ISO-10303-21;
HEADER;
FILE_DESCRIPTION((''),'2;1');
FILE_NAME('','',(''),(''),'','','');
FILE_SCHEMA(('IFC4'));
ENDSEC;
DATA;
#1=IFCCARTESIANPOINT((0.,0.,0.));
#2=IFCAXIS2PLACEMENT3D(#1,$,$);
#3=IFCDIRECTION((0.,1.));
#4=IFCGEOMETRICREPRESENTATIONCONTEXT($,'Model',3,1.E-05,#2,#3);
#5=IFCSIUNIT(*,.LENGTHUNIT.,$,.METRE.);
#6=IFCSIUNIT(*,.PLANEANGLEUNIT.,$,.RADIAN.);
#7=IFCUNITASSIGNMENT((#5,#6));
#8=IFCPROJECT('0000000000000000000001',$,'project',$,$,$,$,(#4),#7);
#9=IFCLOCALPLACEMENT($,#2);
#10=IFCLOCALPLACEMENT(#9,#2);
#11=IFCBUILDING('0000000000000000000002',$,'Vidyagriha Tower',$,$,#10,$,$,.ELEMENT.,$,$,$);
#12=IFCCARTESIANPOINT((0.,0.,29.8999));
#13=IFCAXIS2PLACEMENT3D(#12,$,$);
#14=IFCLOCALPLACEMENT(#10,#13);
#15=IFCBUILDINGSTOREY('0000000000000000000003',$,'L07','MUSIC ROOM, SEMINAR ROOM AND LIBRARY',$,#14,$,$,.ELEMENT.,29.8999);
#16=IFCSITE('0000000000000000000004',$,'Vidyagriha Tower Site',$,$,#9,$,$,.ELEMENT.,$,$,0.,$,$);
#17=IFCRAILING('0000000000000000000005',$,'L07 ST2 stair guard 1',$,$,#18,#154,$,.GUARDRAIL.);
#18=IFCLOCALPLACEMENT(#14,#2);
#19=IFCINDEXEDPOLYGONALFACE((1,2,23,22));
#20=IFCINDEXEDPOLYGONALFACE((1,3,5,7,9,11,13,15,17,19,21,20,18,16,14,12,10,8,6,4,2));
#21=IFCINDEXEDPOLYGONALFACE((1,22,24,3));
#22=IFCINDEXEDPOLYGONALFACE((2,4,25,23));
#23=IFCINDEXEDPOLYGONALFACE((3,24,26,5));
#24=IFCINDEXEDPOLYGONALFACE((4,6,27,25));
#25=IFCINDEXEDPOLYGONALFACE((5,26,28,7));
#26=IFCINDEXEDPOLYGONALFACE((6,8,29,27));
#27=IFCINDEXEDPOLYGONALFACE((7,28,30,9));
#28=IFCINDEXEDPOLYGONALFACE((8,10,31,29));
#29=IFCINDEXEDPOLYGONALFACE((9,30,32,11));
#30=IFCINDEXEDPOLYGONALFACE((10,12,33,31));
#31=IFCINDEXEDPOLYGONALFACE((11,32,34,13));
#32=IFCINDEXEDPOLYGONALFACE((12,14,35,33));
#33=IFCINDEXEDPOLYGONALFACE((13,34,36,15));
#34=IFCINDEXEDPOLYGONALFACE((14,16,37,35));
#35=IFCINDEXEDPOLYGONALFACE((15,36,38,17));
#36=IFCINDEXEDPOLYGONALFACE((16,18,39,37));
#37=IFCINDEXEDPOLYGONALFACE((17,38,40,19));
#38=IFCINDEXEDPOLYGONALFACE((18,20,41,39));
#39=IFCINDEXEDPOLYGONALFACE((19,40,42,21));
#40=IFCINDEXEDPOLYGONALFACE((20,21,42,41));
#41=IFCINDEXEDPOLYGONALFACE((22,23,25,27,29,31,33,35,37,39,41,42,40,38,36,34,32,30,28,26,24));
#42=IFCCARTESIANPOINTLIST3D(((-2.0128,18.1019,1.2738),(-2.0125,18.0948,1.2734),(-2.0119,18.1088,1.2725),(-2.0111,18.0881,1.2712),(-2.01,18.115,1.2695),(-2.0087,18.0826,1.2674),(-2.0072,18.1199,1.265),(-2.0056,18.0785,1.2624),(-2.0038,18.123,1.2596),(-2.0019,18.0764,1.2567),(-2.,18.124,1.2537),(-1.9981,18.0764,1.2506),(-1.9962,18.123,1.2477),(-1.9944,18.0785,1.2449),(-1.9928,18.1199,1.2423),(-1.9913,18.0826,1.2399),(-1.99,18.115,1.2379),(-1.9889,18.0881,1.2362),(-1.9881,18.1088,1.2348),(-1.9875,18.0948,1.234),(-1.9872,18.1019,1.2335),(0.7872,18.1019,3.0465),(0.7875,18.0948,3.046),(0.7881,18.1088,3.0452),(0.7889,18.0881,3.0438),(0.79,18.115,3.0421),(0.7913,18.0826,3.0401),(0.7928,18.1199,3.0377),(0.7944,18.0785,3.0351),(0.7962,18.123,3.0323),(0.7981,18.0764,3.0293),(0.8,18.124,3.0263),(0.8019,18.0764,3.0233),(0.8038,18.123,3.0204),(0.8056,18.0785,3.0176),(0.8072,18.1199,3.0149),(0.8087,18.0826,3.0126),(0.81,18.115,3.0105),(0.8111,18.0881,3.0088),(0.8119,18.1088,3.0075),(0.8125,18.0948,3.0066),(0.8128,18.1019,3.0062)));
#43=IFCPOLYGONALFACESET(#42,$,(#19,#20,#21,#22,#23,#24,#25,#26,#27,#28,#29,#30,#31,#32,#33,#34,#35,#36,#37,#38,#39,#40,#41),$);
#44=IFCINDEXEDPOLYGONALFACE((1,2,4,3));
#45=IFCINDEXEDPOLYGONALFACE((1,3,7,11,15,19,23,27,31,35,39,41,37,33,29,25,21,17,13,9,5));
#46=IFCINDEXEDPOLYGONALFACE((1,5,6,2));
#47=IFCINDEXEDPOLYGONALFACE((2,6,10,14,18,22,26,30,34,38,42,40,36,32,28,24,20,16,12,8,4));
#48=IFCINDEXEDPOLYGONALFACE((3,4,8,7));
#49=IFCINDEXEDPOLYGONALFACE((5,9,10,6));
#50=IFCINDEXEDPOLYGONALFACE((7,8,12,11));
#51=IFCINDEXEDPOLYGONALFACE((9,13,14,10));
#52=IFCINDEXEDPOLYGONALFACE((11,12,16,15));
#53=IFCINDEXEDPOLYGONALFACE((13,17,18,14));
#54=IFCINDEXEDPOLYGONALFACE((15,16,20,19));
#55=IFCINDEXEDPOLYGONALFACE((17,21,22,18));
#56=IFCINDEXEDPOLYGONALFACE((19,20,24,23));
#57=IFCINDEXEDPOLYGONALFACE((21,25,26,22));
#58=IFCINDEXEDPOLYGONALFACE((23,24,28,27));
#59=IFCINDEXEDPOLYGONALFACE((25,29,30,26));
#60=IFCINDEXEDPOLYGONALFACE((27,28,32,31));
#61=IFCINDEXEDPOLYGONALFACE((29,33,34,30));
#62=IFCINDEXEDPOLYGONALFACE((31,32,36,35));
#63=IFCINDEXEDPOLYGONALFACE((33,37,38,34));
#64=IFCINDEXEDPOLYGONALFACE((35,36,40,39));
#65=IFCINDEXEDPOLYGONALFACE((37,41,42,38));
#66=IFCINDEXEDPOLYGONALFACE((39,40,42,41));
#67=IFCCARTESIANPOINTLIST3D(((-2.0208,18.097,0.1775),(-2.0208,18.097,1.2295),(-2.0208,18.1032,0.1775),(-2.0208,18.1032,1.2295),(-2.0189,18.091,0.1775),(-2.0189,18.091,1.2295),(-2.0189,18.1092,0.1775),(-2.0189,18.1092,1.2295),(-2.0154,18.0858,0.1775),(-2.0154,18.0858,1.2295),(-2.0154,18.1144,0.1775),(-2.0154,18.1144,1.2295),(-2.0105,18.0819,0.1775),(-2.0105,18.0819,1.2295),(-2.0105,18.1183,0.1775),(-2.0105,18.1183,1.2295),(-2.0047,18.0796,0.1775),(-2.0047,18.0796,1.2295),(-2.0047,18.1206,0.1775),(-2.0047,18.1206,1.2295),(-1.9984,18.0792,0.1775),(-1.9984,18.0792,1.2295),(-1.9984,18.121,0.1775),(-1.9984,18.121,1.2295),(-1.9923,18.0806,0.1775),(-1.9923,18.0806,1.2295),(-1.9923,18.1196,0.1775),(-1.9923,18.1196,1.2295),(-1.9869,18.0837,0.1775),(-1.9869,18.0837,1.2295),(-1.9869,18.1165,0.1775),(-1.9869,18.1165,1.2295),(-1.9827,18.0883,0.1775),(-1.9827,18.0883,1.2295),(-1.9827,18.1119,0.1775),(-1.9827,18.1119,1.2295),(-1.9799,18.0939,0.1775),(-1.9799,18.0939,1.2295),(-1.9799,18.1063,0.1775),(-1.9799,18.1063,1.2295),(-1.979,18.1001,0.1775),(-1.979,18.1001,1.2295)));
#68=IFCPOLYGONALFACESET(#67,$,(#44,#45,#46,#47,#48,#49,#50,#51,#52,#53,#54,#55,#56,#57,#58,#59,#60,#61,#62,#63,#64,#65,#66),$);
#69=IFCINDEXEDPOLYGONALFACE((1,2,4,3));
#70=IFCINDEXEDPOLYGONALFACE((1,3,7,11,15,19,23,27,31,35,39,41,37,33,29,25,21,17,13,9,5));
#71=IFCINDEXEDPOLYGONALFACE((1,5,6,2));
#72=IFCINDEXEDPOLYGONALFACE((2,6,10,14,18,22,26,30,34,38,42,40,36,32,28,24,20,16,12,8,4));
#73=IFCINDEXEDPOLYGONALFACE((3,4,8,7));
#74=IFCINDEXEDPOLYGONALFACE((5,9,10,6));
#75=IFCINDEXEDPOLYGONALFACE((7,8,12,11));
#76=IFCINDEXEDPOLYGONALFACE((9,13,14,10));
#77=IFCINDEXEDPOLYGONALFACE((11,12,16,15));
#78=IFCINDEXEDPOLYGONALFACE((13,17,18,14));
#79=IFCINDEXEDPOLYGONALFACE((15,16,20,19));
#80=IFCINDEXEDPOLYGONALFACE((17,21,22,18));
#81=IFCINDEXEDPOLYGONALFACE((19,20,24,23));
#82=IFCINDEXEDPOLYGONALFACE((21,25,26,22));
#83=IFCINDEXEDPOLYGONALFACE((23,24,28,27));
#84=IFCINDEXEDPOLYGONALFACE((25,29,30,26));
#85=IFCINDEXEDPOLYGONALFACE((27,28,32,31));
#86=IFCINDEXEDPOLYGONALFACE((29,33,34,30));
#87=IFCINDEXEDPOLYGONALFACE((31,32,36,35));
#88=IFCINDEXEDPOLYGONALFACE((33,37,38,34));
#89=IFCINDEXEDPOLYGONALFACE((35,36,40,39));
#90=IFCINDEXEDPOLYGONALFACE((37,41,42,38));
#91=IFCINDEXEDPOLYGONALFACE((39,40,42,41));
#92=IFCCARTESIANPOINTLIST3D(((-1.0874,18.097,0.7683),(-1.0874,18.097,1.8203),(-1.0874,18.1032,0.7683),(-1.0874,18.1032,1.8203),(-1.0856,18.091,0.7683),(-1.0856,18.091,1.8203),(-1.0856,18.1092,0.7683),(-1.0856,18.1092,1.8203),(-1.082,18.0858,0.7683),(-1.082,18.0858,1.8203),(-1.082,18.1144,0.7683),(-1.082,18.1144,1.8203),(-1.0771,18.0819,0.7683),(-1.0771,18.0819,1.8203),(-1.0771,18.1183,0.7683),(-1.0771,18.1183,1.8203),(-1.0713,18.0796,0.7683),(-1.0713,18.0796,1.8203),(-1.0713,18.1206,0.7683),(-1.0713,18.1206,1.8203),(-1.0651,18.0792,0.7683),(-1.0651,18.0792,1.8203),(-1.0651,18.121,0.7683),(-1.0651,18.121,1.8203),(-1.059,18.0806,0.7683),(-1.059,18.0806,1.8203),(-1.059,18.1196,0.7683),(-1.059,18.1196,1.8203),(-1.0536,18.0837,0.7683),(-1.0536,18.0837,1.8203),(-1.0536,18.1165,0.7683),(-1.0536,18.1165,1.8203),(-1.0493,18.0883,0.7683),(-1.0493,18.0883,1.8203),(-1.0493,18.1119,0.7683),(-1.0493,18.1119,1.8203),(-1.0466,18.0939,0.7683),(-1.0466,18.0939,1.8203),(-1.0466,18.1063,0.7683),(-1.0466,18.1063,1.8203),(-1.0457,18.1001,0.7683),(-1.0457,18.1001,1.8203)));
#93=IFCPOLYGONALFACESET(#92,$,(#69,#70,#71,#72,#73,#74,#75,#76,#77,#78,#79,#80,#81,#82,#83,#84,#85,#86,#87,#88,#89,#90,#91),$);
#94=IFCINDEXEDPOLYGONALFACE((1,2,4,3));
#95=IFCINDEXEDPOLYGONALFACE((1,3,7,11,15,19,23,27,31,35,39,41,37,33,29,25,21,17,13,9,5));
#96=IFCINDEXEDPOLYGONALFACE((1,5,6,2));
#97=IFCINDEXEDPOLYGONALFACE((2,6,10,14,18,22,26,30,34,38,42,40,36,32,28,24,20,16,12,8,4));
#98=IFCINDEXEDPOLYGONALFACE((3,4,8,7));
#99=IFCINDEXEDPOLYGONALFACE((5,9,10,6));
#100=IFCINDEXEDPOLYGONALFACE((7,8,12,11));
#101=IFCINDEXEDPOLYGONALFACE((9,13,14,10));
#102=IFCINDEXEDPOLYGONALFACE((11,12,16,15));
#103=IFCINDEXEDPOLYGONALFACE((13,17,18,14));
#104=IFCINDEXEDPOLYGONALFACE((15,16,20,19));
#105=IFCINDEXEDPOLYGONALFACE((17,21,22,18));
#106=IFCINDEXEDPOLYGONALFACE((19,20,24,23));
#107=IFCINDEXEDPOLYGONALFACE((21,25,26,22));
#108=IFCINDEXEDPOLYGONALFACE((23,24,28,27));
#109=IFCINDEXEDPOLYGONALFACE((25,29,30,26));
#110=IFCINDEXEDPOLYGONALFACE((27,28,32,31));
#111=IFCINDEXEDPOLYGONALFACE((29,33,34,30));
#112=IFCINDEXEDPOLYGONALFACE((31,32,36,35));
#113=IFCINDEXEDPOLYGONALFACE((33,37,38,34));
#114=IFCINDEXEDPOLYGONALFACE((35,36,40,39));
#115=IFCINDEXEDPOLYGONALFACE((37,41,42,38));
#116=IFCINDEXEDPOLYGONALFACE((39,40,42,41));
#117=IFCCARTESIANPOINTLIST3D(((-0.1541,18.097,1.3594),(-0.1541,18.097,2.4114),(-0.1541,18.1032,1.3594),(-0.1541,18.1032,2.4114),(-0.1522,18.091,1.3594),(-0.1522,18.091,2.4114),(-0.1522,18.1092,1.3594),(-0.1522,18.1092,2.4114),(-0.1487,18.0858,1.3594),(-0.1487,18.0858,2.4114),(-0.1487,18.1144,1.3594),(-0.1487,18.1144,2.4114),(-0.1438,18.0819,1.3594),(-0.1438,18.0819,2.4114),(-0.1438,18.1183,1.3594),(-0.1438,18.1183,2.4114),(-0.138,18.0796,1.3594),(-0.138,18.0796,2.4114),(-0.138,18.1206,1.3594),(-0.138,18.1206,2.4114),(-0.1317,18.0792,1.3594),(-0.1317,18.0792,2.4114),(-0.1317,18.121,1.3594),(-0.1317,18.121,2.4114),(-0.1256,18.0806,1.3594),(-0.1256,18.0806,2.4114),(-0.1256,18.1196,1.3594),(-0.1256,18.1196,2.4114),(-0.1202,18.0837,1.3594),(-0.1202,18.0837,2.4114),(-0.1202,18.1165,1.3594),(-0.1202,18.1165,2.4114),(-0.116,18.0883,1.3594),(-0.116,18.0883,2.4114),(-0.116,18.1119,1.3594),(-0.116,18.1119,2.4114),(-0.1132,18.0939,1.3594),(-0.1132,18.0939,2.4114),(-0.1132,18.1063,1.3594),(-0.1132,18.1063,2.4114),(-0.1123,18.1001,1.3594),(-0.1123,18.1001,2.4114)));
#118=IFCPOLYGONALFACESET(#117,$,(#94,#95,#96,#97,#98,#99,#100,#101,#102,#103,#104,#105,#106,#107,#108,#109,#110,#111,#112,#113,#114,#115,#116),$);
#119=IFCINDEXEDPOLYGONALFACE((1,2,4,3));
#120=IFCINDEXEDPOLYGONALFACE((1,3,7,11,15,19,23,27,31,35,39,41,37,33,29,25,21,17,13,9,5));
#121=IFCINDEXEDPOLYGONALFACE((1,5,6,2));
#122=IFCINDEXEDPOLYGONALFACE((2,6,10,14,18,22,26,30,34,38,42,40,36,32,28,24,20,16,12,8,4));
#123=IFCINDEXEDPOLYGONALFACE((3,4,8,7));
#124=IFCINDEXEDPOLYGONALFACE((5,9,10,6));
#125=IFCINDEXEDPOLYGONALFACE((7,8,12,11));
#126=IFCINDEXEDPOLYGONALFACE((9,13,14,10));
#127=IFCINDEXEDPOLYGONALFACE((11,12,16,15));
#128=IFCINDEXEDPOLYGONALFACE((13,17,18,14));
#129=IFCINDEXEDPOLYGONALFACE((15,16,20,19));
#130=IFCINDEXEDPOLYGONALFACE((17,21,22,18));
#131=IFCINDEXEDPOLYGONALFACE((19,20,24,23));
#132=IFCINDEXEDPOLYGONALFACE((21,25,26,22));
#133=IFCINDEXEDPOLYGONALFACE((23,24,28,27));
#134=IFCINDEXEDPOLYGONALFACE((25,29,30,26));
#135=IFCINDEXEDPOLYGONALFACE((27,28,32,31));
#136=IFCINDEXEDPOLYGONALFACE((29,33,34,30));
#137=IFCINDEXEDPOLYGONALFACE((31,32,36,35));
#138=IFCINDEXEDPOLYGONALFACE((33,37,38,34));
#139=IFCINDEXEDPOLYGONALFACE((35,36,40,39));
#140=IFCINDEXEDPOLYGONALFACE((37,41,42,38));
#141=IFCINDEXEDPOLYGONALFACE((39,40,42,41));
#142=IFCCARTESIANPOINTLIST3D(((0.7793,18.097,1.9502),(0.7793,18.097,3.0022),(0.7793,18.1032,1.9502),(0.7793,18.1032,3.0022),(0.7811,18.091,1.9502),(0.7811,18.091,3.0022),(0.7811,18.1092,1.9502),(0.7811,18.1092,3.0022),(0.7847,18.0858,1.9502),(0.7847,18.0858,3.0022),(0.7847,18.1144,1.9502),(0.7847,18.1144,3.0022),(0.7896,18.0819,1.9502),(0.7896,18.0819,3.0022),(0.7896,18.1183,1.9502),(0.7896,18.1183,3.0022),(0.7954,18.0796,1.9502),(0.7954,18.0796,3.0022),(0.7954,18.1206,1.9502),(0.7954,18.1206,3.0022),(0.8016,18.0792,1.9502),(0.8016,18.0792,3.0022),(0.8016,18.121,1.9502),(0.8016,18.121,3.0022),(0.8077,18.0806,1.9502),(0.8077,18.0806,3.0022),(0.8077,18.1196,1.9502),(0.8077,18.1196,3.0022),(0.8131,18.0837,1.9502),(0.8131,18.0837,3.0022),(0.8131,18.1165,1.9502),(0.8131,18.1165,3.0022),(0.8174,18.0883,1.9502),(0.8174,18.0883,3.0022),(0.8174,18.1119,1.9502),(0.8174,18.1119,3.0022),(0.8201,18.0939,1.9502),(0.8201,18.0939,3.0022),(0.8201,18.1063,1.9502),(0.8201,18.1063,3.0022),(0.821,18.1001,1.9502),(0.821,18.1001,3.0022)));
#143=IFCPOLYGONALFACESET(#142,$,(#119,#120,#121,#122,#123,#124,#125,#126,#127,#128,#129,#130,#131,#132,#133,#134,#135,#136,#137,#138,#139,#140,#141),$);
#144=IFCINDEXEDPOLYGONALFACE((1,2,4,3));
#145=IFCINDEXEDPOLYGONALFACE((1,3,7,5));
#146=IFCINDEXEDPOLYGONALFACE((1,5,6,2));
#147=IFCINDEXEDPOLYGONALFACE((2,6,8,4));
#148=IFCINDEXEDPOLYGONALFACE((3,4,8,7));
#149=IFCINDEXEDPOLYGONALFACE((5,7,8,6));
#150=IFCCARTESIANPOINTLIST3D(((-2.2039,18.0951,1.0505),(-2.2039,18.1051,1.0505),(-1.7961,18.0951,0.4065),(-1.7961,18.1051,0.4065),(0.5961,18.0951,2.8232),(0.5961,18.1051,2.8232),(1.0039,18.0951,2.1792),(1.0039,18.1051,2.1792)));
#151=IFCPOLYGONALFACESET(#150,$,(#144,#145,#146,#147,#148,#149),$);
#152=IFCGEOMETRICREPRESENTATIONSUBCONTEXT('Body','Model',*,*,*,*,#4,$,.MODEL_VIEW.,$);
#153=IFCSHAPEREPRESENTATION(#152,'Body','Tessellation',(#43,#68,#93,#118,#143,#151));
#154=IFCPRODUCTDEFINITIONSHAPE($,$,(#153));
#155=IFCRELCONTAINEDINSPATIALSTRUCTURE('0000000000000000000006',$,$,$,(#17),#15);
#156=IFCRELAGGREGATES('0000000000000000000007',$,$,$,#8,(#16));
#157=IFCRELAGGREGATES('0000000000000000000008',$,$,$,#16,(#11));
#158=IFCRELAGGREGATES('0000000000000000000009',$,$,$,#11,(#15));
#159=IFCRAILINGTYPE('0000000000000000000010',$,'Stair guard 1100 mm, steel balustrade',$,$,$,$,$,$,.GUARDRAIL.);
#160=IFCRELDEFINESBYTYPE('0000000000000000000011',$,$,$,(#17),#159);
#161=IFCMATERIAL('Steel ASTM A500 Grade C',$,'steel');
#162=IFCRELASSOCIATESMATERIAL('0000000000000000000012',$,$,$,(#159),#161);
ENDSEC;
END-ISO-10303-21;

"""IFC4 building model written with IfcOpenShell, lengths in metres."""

from ifc_helpers import new_model, si_unit, direction, frame, origin, origin_2d, place, context, subcontext, project, spatial, rectangle, circle, extrude, material, type_object, element, save


model = new_model("IFC4")

# Units and contexts
model_context = context("Model", 3, precision=1e-05, world=origin(), true_north=direction((0.0, 1.0)))
body_context = subcontext(model_context, "Body", "Model", "MODEL_VIEW")
ifc_project = project(units=[si_unit("LENGTHUNIT", "METRE"), si_unit("PLANEANGLEUNIT", "RADIAN")], contexts=[model_context])

# Site, building, storey
site_placement = place(None, origin())
site = spatial("IfcSite", under=ifc_project, at=site_placement, Name="Vidyagriha Tower Site", CompositionType="ELEMENT", RefElevation=0.0)
building_placement = place(site_placement, origin())
building = spatial("IfcBuilding", under=site, at=building_placement, Name="Vidyagriha Tower", CompositionType="ELEMENT")
storey_placement = place(building_placement, frame((0.0, 0.0, 29.8999)))
storey = spatial("IfcBuildingStorey", under=building, at=storey_placement, Name="L07", Description="MUSIC ROOM, SEMINAR ROOM AND LIBRARY", CompositionType="ELEMENT", Elevation=29.8999)

# Railing
ifc_material_1 = material(Name="Steel ASTM A500 Grade C", Category="steel")
railing_type_1 = type_object("IfcRailingType", Name="Stair guard 1100 mm, steel balustrade", PredefinedType="GUARDRAIL", material=ifc_material_1)
railing_1_placement = place(storey_placement, frame((-2.0, 18.1001, 0.1775)))
element("IfcRailing", 1, at=railing_1_placement, inside=storey, type_object=railing_type_1, Name="L07 ST2 stair guard 1", PredefinedType="GUARDRAIL", context=body_context, shape_type="SweptSolid", body=[
    extrude(circle(Radius=0.0239, at=origin_2d()), frame((0.0, 0.0, 1.0762), z_axis=(0.844909, 0.0, 0.53491), x_axis=(0.0, 1.0, 0.0)), (0.0, 0.0, 1.0), 3.314),
    extrude(circle(Radius=0.021, at=origin_2d()), origin(), (0.0, 0.0, 1.0), 1.052),
    extrude(circle(Radius=0.021, at=origin_2d()), frame((0.9333, 0.0, 0.5908)), (0.0, 0.0, 1.0), 1.052),
    extrude(circle(Radius=0.021, at=origin_2d()), frame((1.8667, 0.0, 1.1819)), (0.0, 0.0, 1.0), 1.052),
    extrude(circle(Radius=0.021, at=origin_2d()), frame((2.8, 0.0, 1.7727)), (0.0, 0.0, 1.0), 1.052),
    extrude(rectangle(XDim=0.01, YDim=0.7622, at=origin_2d()), frame((0.0, 0.0, 0.551), z_axis=(0.844909, 0.0, 0.53491), x_axis=(0.0, 1.0, 0.0)), (0.0, 0.0, 1.0), 3.314),
])

save(model, "model.ifc")
